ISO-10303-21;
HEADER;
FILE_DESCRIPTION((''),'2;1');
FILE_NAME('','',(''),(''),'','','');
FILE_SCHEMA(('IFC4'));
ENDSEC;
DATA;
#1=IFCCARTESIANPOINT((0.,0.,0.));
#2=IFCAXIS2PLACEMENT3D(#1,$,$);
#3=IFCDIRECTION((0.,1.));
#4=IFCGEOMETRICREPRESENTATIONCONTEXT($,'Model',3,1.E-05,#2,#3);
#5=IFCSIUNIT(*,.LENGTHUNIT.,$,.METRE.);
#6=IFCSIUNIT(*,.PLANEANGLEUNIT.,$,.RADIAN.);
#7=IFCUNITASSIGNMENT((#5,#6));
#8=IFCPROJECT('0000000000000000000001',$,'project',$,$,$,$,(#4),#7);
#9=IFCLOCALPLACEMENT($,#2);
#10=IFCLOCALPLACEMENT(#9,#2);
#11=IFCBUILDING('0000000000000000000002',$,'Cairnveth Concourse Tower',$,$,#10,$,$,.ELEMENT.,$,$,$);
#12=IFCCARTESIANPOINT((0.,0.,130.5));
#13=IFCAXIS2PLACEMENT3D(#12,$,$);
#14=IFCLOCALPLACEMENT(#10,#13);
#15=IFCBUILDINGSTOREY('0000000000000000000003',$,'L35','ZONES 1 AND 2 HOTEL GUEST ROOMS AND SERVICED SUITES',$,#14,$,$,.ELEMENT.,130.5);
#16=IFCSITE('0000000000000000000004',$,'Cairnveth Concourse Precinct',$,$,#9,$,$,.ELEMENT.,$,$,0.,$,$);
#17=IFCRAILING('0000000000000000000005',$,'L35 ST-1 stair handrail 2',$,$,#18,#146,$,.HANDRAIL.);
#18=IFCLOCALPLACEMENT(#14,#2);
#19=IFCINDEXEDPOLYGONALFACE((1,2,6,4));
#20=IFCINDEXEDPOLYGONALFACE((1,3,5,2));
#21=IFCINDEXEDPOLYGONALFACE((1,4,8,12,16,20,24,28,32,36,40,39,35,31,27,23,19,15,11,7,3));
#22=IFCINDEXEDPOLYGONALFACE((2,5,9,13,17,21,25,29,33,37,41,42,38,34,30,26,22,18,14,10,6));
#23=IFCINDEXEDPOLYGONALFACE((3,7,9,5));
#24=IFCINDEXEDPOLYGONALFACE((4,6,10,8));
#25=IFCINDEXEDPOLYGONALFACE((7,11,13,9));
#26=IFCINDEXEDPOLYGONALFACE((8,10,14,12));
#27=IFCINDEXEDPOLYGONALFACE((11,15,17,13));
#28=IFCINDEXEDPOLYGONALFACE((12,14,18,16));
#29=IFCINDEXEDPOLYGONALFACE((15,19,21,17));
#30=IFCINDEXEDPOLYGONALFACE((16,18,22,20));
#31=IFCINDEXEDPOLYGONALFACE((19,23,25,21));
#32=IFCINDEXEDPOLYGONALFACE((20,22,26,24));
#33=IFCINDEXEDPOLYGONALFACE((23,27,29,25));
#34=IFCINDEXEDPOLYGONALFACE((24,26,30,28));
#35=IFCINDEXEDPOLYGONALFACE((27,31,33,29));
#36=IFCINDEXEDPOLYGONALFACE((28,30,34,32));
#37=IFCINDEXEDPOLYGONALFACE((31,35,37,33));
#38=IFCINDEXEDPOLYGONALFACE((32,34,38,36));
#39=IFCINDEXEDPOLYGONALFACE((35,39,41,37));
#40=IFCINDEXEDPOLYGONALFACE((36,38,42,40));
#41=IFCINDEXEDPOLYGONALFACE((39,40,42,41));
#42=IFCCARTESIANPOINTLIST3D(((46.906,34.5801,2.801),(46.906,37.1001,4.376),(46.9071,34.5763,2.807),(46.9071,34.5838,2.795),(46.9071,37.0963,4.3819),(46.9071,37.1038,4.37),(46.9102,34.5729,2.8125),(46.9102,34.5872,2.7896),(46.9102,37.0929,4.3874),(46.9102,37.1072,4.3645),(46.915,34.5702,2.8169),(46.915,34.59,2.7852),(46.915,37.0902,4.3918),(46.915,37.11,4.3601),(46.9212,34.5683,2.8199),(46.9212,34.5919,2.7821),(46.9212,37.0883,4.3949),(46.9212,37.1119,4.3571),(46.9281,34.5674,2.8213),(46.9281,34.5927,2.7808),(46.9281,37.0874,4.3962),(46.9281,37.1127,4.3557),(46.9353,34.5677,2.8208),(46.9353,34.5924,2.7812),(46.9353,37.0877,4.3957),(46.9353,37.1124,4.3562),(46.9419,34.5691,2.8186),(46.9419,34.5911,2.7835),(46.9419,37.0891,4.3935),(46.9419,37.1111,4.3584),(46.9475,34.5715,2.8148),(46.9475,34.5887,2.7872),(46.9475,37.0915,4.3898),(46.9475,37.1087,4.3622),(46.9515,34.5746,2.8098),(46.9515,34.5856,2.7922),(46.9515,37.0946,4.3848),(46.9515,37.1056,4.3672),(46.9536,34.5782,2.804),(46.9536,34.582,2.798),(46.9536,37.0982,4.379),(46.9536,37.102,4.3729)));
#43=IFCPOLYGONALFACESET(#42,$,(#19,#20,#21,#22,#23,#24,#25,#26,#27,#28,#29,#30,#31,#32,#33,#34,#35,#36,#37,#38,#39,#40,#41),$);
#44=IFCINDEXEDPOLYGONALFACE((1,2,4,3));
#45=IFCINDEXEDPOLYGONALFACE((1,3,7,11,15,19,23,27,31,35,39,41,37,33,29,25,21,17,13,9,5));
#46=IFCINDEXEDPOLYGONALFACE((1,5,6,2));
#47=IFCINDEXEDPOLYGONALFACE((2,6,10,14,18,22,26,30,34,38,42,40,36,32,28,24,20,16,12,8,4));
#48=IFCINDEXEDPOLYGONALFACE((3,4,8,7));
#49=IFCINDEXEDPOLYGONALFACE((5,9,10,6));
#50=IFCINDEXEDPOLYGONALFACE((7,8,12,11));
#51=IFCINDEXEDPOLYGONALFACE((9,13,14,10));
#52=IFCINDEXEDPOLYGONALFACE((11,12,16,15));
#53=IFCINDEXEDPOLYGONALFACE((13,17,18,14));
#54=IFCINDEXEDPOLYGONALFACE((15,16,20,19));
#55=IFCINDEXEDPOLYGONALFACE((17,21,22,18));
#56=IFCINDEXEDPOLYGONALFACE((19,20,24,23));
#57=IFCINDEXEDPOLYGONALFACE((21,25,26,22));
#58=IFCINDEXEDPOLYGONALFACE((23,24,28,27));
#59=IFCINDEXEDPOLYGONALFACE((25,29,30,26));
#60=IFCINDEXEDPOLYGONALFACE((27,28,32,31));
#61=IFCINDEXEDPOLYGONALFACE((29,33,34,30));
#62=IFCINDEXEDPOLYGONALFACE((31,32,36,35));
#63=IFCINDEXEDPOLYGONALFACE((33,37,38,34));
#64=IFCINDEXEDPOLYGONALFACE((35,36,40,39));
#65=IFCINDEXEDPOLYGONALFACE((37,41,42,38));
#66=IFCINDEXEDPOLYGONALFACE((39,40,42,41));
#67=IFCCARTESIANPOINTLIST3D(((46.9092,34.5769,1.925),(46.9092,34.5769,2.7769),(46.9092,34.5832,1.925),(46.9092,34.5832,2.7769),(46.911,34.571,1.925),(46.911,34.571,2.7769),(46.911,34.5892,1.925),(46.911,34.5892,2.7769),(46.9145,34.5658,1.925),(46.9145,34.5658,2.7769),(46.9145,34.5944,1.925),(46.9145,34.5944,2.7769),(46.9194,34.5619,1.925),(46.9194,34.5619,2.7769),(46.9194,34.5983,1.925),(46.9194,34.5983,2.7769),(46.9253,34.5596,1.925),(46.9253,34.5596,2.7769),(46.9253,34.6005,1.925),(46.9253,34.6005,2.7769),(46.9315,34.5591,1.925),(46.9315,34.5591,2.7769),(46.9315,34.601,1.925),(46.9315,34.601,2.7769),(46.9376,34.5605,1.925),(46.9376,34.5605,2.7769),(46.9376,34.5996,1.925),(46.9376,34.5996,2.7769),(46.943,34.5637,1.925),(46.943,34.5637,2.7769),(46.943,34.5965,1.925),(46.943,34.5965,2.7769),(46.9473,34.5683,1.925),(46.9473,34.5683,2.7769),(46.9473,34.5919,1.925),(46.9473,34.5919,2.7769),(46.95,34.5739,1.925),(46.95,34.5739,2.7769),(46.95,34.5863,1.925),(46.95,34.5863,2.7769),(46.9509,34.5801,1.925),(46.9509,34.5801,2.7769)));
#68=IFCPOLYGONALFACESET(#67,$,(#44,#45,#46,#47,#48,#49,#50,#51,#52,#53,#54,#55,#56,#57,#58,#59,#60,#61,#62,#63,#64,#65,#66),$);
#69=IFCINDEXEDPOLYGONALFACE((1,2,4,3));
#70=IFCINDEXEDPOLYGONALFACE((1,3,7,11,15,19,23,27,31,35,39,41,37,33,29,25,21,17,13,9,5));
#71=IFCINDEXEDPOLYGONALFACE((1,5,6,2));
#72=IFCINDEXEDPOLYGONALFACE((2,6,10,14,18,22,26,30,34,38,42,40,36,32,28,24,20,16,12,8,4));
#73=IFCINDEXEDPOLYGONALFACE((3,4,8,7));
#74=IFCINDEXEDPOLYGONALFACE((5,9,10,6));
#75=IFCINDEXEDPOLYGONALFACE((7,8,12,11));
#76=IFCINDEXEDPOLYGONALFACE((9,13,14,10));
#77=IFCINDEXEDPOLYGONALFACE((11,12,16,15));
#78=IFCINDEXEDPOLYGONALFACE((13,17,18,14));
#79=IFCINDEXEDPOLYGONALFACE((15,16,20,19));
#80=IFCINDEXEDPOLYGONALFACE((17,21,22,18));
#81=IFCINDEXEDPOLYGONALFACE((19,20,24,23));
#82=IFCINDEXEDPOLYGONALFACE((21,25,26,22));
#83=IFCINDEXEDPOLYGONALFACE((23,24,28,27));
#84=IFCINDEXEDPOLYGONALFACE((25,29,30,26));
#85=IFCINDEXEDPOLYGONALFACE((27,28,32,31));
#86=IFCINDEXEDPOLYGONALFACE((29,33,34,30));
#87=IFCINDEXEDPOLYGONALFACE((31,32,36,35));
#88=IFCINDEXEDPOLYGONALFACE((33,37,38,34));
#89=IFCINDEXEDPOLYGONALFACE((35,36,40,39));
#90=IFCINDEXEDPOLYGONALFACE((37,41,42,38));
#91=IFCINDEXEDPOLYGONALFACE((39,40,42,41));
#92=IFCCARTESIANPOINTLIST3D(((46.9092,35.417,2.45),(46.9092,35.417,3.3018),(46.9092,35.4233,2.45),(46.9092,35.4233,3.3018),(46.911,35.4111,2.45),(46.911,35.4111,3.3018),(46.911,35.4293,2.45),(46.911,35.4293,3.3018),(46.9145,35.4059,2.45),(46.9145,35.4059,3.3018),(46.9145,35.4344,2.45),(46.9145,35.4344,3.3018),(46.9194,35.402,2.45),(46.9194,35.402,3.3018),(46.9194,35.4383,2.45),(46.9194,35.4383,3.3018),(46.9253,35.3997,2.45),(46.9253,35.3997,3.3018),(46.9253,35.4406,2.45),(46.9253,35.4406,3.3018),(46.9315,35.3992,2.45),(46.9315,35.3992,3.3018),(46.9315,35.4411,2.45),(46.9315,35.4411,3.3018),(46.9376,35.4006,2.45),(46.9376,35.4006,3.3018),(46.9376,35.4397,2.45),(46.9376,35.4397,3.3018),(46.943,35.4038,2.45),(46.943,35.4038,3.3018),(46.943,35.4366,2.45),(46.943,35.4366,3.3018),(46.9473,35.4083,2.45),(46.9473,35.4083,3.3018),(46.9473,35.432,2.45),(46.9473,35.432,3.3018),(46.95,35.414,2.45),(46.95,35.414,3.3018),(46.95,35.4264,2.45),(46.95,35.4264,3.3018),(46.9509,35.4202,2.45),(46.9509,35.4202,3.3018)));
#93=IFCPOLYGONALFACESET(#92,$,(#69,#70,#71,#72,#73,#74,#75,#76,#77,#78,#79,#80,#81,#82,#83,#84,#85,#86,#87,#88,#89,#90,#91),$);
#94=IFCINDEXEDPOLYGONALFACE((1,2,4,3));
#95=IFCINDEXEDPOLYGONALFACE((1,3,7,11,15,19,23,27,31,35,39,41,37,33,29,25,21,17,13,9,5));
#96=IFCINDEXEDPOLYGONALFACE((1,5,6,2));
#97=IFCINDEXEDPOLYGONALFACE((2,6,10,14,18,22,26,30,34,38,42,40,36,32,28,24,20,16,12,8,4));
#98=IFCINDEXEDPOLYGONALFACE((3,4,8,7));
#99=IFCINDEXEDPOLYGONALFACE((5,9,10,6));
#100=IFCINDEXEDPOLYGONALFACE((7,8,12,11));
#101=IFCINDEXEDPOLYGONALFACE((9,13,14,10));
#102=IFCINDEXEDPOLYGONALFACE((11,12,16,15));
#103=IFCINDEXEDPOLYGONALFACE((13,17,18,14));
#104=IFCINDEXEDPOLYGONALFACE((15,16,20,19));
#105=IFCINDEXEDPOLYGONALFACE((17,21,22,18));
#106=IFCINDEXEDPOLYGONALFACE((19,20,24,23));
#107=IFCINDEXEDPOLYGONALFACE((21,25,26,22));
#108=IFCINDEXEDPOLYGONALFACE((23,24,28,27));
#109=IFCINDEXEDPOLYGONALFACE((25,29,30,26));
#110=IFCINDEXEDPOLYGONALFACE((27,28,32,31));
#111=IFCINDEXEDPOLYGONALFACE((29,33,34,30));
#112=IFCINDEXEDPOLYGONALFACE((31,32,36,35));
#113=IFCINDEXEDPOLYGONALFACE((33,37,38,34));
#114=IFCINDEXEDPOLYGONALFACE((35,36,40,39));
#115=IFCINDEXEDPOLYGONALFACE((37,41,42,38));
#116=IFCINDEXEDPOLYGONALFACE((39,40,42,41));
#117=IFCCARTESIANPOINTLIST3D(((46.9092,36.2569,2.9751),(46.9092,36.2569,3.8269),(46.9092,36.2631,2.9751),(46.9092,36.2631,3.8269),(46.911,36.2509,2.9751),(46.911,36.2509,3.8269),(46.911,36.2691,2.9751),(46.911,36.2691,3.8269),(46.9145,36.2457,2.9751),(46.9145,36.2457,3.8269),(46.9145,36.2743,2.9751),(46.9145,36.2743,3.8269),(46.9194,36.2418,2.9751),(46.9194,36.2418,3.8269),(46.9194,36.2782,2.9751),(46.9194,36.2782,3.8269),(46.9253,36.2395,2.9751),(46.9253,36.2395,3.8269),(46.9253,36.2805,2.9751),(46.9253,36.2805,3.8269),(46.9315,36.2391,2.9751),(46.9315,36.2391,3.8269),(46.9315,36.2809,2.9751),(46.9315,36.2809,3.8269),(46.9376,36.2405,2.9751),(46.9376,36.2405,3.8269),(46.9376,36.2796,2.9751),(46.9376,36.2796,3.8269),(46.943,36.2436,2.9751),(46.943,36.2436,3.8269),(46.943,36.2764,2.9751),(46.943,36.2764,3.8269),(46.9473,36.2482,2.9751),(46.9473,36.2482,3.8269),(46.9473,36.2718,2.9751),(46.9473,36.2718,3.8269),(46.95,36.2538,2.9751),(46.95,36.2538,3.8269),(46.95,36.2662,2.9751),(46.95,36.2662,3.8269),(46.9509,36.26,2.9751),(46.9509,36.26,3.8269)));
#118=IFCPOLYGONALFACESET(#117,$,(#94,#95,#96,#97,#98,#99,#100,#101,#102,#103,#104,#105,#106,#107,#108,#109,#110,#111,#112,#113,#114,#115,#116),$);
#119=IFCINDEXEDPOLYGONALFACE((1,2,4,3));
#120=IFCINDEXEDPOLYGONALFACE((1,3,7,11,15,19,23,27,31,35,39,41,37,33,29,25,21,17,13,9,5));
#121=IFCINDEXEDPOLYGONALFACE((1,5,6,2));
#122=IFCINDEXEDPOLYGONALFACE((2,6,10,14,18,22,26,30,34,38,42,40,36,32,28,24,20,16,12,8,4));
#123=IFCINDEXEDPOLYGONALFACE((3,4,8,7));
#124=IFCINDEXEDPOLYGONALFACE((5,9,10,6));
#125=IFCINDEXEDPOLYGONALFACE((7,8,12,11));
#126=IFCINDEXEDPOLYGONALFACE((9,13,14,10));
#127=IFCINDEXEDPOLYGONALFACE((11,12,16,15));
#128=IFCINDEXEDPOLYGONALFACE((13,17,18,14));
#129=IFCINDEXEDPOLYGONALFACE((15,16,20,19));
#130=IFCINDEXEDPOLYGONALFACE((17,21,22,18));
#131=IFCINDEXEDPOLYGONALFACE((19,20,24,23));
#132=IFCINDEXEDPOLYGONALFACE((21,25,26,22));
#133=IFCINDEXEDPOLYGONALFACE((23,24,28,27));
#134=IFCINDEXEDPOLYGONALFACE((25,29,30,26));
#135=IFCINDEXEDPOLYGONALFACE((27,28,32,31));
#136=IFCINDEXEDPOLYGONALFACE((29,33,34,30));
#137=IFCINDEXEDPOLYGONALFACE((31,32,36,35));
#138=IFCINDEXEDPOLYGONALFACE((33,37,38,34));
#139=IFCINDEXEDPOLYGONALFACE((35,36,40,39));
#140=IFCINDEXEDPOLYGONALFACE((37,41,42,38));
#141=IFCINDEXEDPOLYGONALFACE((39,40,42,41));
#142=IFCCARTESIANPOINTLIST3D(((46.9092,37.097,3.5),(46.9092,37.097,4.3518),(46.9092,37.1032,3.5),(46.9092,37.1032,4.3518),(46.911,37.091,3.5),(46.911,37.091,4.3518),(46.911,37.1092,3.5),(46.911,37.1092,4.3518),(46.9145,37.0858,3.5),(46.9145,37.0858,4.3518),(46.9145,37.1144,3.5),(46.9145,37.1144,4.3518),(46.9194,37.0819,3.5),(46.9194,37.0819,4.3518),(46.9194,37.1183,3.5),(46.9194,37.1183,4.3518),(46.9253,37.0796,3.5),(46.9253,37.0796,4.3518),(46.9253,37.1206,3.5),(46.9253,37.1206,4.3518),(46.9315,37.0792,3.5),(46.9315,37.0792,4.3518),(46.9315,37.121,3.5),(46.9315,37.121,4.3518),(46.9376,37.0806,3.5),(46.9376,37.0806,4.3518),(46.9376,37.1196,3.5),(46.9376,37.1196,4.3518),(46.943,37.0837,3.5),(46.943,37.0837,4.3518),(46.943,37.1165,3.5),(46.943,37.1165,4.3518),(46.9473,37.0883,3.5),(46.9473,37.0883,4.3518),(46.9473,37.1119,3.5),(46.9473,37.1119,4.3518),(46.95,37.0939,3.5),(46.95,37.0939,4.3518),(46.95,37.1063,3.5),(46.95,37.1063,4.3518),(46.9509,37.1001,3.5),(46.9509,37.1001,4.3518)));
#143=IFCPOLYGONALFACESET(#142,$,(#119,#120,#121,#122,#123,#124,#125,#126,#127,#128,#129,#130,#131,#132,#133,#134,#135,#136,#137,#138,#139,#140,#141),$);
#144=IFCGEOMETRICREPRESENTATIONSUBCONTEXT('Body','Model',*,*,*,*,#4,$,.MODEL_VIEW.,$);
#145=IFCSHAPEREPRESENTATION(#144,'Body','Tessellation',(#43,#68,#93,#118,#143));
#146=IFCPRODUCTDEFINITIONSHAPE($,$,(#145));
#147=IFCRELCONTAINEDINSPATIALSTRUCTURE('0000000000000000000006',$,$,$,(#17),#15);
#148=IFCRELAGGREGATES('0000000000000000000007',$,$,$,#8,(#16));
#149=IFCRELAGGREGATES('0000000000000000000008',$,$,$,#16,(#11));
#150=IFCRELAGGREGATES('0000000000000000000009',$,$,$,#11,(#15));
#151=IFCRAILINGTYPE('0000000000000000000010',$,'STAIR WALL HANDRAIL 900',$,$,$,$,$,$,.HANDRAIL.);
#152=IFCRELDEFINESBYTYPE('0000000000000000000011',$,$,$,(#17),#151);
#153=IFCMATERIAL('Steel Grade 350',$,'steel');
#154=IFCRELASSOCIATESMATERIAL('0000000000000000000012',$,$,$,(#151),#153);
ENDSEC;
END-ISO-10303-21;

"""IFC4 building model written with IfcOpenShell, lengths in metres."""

from ifc_helpers import new_model, si_unit, direction, frame, origin, origin_2d, place, context, subcontext, project, spatial, circle, extrude, material, type_object, element, save


model = new_model("IFC4")

# Units and contexts
model_context = context("Model", 3, precision=1e-05, world=origin(), true_north=direction((0.0, 1.0)))
body_context = subcontext(model_context, "Body", "Model", "MODEL_VIEW")
ifc_project = project(units=[si_unit("LENGTHUNIT", "METRE"), si_unit("PLANEANGLEUNIT", "RADIAN")], contexts=[model_context])

# Site, building, storey
site_placement = place(None, origin())
site = spatial("IfcSite", under=ifc_project, at=site_placement, Name="Cairnveth Concourse Precinct", CompositionType="ELEMENT", RefElevation=0.0)
building_placement = place(site_placement, origin())
building = spatial("IfcBuilding", under=site, at=building_placement, Name="Cairnveth Concourse Tower", CompositionType="ELEMENT")
storey_placement = place(building_placement, frame((0.0, 0.0, 130.5)))
storey = spatial("IfcBuildingStorey", under=building, at=storey_placement, Name="L35", Description="ZONES 1 AND 2 HOTEL GUEST ROOMS AND SERVICED SUITES", CompositionType="ELEMENT", Elevation=130.5)

# Shared definitions
ifc_material_1 = material(Name="Steel Grade 350", Category="steel")

# Railing
railing_type_1 = type_object("IfcRailingType", Name="STAIR WALL HANDRAIL 900", PredefinedType="HANDRAIL", material=ifc_material_1)
railing_1_placement = place(storey_placement, frame((46.9299, 34.5801, 1.925)))
element("IfcRailing", 1, at=railing_1_placement, inside=storey, type_object=railing_type_1, Name="L35 ST-1 stair handrail 2", PredefinedType="HANDRAIL", context=body_context, shape_type="SweptSolid", body=[
    extrude(circle(Radius=0.0239, at=origin_2d()), frame((0.0, 0.0, 0.876), z_axis=(0.0, 0.848008, 0.529984), x_axis=(-1.0, 0.0, 0.0)), (0.0, 0.0, 1.0), 2.9717),
    extrude(circle(Radius=0.021, at=origin_2d()), origin(), (0.0, 0.0, 1.0), 0.8518),
    extrude(circle(Radius=0.021, at=origin_2d()), frame((0.0, 0.8401, 0.5249)), (0.0, 0.0, 1.0), 0.8518),
    extrude(circle(Radius=0.021, at=origin_2d()), frame((0.0, 1.6799, 1.05)), (0.0, 0.0, 1.0), 0.8518),
    extrude(circle(Radius=0.021, at=origin_2d()), frame((0.0, 2.52, 1.575)), (0.0, 0.0, 1.0), 0.8518),
])

save(model, "model.ifc")
